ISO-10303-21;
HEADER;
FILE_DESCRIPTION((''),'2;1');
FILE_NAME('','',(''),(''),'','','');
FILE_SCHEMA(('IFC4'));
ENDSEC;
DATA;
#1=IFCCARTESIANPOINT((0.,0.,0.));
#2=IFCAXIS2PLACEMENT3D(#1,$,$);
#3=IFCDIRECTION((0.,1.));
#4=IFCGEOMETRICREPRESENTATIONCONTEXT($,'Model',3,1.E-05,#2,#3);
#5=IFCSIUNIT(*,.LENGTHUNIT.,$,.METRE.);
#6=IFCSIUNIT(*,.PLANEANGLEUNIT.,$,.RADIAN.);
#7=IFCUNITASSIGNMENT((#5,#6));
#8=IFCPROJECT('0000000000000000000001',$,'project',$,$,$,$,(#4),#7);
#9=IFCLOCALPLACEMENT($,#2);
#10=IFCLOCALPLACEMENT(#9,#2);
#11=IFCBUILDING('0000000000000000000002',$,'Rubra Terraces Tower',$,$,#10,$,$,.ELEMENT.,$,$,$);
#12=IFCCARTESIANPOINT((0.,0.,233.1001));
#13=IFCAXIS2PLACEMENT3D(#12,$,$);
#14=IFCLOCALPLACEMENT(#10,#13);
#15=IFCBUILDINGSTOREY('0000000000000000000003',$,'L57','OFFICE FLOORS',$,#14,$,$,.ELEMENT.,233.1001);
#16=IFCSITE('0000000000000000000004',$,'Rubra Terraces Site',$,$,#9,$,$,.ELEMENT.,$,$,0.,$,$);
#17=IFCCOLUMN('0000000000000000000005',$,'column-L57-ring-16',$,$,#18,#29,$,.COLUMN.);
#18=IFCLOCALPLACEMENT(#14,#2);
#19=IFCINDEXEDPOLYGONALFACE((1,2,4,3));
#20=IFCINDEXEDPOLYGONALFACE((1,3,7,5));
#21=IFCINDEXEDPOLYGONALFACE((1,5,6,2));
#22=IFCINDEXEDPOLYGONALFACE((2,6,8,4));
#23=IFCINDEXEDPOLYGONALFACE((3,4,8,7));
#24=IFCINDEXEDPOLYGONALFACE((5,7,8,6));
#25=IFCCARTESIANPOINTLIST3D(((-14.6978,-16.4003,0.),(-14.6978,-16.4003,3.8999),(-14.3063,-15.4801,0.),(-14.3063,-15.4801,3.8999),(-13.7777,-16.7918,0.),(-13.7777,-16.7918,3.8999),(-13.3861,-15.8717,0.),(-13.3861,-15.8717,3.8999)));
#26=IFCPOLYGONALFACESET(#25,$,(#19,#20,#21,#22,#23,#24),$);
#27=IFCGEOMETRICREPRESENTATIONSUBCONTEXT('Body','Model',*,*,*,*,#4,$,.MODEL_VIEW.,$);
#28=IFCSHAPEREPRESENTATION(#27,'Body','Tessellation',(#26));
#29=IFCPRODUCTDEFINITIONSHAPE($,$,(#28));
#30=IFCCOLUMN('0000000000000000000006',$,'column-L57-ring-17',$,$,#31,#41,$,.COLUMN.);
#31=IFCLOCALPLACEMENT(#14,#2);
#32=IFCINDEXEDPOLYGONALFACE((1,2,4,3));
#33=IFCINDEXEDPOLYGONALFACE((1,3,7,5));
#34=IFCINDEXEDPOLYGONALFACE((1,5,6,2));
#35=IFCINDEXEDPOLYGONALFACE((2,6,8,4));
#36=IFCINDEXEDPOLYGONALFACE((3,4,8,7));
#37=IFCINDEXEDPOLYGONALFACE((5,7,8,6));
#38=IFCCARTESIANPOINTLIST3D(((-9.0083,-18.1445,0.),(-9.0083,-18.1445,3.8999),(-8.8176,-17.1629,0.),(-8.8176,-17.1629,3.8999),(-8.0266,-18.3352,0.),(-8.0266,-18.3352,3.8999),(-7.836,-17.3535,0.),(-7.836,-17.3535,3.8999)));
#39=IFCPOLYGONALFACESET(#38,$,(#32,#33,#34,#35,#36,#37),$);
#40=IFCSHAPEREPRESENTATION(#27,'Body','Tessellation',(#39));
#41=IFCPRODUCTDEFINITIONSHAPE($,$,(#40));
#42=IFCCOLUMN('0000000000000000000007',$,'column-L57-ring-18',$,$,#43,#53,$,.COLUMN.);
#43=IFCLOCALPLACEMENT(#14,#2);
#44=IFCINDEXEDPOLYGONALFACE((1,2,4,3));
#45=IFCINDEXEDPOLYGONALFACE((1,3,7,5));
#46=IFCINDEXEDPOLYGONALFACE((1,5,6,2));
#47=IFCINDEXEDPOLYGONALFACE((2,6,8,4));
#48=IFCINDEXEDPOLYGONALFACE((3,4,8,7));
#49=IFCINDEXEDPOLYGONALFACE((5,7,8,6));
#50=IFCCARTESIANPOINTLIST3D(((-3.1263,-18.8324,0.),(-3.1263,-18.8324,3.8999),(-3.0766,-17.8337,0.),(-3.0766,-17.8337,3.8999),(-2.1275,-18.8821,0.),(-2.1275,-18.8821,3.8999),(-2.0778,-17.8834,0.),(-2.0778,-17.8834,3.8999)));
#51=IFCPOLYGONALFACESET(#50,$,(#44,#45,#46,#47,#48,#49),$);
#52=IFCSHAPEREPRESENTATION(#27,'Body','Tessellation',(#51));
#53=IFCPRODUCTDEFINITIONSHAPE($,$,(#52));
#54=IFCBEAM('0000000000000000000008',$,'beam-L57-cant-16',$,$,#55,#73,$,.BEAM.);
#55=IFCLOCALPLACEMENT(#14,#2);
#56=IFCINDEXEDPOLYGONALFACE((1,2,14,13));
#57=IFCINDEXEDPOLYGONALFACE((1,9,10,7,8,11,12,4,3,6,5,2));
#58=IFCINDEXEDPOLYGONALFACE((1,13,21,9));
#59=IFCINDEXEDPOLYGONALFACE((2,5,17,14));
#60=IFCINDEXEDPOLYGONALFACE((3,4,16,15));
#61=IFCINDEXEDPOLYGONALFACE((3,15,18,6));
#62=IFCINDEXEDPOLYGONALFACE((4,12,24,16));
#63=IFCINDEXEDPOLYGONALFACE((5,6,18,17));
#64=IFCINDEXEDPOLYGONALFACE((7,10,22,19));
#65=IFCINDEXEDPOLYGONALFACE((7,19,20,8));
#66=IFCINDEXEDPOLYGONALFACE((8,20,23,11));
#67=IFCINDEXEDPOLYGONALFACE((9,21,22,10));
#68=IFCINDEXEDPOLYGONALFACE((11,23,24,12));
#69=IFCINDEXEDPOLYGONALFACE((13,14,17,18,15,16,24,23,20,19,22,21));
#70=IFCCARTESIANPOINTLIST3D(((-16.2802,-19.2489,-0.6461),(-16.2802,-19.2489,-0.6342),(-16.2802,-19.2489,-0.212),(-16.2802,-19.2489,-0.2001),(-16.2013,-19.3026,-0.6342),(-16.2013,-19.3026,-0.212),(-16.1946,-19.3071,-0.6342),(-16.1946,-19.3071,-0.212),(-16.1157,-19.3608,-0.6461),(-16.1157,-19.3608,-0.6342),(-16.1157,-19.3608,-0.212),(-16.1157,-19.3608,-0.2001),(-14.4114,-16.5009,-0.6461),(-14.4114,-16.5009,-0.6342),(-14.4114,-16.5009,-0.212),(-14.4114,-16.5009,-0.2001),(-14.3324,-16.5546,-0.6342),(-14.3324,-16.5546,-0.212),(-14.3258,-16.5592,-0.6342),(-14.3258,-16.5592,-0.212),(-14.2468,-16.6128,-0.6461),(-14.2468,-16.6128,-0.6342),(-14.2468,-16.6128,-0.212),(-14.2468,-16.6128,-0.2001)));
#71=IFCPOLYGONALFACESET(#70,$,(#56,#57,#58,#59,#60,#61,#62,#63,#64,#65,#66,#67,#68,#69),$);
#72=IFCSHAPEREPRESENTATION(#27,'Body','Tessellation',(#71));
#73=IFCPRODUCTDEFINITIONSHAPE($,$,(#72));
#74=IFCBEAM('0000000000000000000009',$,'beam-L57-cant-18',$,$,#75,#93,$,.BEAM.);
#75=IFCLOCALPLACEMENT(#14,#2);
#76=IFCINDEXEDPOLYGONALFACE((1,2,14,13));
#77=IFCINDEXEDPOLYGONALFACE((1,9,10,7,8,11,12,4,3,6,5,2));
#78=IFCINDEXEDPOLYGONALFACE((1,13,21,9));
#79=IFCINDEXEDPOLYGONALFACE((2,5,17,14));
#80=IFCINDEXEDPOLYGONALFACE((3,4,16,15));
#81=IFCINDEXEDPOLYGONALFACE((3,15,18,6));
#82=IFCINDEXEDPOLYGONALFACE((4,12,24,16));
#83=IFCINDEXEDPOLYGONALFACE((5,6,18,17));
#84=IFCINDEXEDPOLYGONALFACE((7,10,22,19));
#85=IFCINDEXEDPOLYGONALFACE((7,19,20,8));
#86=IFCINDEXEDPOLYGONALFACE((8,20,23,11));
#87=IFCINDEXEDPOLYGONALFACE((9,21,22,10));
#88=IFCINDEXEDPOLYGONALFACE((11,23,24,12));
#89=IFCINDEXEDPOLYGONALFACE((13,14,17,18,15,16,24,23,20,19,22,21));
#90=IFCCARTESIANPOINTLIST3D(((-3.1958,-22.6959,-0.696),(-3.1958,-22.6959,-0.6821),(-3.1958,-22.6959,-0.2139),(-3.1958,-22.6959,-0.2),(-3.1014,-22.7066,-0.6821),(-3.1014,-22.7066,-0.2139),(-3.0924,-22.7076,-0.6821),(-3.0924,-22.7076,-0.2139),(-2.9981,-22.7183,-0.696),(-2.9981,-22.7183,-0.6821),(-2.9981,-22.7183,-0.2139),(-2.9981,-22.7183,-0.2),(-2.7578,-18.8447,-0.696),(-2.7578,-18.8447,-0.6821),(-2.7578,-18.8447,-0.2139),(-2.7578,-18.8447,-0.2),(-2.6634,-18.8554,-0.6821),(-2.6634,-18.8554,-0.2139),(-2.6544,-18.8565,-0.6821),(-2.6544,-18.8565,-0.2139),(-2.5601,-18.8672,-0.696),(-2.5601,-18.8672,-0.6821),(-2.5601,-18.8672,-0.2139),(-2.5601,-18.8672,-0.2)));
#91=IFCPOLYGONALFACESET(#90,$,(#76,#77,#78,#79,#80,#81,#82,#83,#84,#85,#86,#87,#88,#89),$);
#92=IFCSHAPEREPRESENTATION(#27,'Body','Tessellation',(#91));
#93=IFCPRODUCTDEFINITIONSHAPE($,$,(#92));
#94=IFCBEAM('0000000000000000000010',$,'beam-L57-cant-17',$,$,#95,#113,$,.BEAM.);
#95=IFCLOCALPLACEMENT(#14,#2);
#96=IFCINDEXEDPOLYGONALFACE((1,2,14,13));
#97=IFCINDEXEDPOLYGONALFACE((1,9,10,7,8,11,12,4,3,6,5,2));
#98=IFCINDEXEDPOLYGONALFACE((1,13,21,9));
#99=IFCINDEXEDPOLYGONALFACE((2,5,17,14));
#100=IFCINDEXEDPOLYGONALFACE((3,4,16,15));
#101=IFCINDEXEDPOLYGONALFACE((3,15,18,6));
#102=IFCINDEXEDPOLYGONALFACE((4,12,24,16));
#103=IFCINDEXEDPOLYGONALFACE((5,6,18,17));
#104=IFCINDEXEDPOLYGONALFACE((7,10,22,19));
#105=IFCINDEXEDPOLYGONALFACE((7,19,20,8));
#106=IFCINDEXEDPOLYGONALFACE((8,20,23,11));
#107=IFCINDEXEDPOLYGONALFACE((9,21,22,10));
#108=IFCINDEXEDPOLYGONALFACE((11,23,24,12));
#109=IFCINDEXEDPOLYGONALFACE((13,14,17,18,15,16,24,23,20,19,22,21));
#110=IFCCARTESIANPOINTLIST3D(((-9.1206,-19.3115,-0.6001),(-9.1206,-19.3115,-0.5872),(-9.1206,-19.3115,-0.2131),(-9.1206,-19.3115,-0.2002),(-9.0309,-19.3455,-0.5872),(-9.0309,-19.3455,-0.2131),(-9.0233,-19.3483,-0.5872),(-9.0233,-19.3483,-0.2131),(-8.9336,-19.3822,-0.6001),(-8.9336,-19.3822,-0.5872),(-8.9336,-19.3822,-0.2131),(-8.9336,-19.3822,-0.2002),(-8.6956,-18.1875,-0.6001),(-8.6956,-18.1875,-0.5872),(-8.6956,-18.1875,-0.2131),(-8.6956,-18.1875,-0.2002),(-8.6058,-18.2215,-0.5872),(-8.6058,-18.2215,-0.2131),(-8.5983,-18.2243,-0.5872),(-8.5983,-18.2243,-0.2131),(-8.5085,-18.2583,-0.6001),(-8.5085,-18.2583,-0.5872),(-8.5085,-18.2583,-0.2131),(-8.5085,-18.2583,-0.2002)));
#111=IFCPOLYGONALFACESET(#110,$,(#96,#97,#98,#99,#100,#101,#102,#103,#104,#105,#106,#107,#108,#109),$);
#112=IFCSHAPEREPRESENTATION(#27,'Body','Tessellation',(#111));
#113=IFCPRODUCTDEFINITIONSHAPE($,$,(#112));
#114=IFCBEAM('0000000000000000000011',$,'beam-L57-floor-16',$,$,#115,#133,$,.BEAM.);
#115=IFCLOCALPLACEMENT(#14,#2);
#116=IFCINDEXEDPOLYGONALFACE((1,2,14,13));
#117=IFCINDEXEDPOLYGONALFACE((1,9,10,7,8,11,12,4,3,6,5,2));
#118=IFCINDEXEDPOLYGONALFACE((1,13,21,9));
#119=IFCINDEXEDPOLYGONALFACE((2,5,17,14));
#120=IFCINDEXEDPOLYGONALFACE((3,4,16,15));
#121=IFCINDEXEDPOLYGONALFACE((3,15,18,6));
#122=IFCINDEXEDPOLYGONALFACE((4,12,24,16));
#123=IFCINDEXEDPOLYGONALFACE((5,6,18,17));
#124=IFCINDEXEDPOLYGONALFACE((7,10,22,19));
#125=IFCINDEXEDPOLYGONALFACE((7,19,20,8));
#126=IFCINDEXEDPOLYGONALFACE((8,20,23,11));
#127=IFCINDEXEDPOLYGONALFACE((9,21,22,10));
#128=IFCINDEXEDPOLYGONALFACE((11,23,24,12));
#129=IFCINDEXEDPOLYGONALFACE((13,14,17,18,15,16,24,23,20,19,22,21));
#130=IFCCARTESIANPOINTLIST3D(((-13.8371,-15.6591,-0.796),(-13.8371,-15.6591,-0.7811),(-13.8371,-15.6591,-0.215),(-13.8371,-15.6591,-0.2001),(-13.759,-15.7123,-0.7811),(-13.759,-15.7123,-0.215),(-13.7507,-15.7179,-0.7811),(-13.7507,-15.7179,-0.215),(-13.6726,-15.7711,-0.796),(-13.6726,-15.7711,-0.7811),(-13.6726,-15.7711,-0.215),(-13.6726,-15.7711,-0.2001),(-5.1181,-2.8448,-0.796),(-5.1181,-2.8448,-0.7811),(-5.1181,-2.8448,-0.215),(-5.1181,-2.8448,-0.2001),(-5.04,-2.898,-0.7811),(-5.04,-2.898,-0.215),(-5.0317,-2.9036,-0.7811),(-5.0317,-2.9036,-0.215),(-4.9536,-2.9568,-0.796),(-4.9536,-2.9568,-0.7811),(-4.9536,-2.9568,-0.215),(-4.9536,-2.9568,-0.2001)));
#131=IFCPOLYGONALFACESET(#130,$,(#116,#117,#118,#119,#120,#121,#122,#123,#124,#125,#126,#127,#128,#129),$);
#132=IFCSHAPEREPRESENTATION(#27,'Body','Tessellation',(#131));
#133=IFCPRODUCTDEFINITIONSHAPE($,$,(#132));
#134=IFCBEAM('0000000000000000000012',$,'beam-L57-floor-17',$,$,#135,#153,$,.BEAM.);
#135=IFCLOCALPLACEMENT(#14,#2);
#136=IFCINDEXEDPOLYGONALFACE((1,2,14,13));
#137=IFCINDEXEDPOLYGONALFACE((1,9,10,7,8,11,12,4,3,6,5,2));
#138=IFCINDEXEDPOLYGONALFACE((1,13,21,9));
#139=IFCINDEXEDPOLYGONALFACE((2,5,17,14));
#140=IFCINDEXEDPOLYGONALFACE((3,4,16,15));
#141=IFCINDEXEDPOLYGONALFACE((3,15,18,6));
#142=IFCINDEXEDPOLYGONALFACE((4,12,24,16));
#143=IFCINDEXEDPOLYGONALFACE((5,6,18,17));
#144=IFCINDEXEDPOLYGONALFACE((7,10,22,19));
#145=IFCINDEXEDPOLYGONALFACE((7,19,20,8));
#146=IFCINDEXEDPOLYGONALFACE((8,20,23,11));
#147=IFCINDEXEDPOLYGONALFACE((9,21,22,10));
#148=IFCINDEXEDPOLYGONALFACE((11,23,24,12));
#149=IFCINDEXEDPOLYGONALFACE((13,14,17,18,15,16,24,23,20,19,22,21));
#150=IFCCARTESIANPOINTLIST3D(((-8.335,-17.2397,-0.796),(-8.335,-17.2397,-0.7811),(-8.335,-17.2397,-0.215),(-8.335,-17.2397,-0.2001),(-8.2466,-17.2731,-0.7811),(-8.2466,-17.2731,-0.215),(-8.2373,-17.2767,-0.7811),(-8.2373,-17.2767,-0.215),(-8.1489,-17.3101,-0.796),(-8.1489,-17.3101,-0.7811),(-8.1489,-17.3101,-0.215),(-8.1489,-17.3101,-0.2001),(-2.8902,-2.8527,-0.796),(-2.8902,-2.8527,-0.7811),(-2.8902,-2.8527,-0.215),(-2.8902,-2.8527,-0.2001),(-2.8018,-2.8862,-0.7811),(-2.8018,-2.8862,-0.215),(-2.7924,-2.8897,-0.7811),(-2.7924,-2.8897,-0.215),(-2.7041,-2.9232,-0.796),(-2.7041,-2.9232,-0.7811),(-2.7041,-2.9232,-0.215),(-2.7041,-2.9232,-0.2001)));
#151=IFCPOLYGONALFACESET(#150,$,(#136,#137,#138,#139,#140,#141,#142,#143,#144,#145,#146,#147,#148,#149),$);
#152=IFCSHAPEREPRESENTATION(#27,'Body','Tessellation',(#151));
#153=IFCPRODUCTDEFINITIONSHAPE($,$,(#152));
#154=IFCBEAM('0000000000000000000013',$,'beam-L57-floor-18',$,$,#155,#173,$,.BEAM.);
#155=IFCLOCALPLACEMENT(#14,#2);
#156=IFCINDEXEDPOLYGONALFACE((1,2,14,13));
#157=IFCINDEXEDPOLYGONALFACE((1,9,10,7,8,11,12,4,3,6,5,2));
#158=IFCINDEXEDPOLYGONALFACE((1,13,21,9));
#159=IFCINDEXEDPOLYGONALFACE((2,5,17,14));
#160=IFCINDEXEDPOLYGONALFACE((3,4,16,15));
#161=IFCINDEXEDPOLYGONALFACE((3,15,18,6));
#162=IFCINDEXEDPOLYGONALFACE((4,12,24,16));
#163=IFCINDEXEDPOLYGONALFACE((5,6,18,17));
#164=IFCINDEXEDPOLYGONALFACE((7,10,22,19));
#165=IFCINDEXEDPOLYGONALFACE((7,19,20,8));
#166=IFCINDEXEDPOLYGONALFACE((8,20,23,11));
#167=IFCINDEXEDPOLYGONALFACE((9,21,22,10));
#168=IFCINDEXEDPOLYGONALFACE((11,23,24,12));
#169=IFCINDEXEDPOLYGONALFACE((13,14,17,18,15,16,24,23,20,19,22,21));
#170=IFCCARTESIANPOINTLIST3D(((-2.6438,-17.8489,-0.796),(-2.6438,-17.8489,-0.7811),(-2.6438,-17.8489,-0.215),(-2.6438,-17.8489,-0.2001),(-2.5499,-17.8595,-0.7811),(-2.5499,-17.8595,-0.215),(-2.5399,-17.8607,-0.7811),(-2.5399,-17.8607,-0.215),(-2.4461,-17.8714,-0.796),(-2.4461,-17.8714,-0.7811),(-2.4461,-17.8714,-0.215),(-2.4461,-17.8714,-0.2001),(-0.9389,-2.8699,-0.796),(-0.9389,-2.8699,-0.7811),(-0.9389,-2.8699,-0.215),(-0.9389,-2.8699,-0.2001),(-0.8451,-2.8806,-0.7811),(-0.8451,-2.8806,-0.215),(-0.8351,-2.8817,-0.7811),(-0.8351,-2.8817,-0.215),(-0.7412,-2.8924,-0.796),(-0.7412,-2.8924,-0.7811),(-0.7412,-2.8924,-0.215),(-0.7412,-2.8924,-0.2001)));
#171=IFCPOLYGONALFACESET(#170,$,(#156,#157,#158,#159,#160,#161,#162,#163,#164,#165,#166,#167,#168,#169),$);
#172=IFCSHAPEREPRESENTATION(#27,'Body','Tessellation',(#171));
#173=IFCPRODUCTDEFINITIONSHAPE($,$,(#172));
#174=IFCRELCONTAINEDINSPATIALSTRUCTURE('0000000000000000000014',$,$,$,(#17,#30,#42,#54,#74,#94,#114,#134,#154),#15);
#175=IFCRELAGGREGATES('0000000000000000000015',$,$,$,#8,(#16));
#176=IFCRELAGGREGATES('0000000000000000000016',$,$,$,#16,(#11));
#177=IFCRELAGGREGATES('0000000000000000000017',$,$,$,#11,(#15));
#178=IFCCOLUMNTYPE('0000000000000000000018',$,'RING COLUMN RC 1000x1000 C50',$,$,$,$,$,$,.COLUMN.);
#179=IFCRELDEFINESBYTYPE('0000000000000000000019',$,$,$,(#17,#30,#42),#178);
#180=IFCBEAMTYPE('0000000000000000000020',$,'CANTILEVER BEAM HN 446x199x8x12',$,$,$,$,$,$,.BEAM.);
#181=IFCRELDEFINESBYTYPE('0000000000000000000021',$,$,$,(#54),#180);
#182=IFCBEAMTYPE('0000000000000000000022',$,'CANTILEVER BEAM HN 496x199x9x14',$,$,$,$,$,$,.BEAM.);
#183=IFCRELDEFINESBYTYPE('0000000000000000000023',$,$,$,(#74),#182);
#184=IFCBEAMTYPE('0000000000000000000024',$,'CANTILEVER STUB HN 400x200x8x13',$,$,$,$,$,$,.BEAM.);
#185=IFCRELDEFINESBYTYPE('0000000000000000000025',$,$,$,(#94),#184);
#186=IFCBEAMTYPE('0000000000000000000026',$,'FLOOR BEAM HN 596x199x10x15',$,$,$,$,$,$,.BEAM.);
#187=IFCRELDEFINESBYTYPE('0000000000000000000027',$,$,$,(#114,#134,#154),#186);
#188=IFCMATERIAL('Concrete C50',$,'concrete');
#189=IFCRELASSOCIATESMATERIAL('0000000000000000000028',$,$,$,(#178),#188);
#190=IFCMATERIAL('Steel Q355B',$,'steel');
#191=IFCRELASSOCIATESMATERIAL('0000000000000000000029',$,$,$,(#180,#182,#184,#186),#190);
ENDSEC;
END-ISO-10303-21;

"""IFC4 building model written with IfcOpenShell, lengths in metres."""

from ifc_helpers import new_model, si_unit, direction, frame, origin, origin_2d, place, context, subcontext, project, spatial, rectangle, i_section, extrude, material, material_profile, profile_set, type_object, element, save


model = new_model("IFC4")

# Units and contexts
model_context = context("Model", 3, precision=1e-05, world=origin(), true_north=direction((0.0, 1.0)))
body_context = subcontext(model_context, "Body", "Model", "MODEL_VIEW")
ifc_project = project(units=[si_unit("LENGTHUNIT", "METRE"), si_unit("PLANEANGLEUNIT", "RADIAN")], contexts=[model_context])

# Site, building, storey
site_placement = place(None, origin())
site = spatial("IfcSite", under=ifc_project, at=site_placement, Name="Rubra Terraces Site", CompositionType="ELEMENT", RefElevation=0.0)
building_placement = place(site_placement, origin())
building = spatial("IfcBuilding", under=site, at=building_placement, Name="Rubra Terraces Tower", CompositionType="ELEMENT")
storey_placement = place(building_placement, frame((0.0, 0.0, 233.1001)))
storey = spatial("IfcBuildingStorey", under=building, at=storey_placement, Name="L57", Description="OFFICE FLOORS", CompositionType="ELEMENT", Elevation=233.1001)

# Columns
ifc_material_1 = material(Name="Concrete C50", Category="concrete")
ifc_material_profile_1 = material_profile(ifc_material_1, rectangle(XDim=1.0, YDim=1.0, at=origin_2d()), Name="RC 1000x1000")
ifc_profile_set_1 = profile_set([ifc_material_profile_1], Name="Concrete C50")
column_type = type_object("IfcColumnType", Name="RING COLUMN RC 1000x1000 C50", PredefinedType="COLUMN", material=ifc_profile_set_1)
for number, where, z_axis, x_axis, name in (
    (1, (-14.042, -16.136, 0.0), (0.0, 0.0, 1.0), (0.920168, -0.391524, 0.0), "column-L57-ring-16"),
    (2, (-8.4221, -17.749, 0.0), (0.0, 0.0, 1.0), (0.981655, -0.190668, 0.0), "column-L57-ring-17"),
    (3, (-2.6021, -18.3579, 0.0), (0.0, 0.0, 1.0), (0.998764, -0.049699, 0.0), "column-L57-ring-18"),
):
    element("IfcColumn", number, at=place(storey_placement, frame(where, z_axis=z_axis, x_axis=x_axis)), inside=storey, type_object=column_type, Name=name, PredefinedType="COLUMN", context=body_context, shape_type="SweptSolid", body=[
        extrude(rectangle(XDim=1.0, YDim=1.0, at=origin_2d()), origin(), (0.0, 0.0, 1.0), 3.8999),
    ])

# Beams
ifc_material_2 = material(Name="Steel Q355B", Category="steel")
ifc_material_profile_2 = material_profile(ifc_material_2, i_section(OverallWidth=0.199, OverallDepth=0.446, WebThickness=0.0081, FlangeThickness=0.012, at=origin_2d()), Name="HN 446x199x8x12")
ifc_profile_set_2 = profile_set([ifc_material_profile_2], Name="Steel Q355B")
beam_type_1 = type_object("IfcBeamType", Name="CANTILEVER BEAM HN 446x199x8x12", PredefinedType="BEAM", material=ifc_profile_set_2)
beam_1_placement = place(storey_placement, frame((-14.3291, -16.5569, -0.4231), z_axis=(-0.562356, -0.826895, 0.0), x_axis=(0.826895, -0.562356, 0.0)))
element("IfcBeam", 4, at=beam_1_placement, inside=storey, type_object=beam_type_1, Name="beam-L57-cant-16", PredefinedType="BEAM", context=body_context, shape_type="SweptSolid", body=[
    extrude(i_section(OverallWidth=0.199, OverallDepth=0.446, WebThickness=0.0081, FlangeThickness=0.012, at=origin_2d()), origin(), (0.0, 0.0, 1.0), 3.3232),
])
ifc_material_profile_3 = material_profile(ifc_material_2, i_section(OverallWidth=0.199, OverallDepth=0.4961, WebThickness=0.009, FlangeThickness=0.0139, at=origin_2d()), Name="HN 496x199x9x14")
ifc_profile_set_3 = profile_set([ifc_material_profile_3], Name="Steel Q355B")
beam_type_2 = type_object("IfcBeamType", Name="CANTILEVER BEAM HN 496x199x9x14", PredefinedType="BEAM", material=ifc_profile_set_3)
beam_2_placement = place(storey_placement, frame((-2.6589, -18.856, -0.448), z_axis=(-0.113003, -0.993595, 0.0), x_axis=(0.993595, -0.113003, 0.0)))
element("IfcBeam", 5, at=beam_2_placement, inside=storey, type_object=beam_type_2, Name="beam-L57-cant-18", PredefinedType="BEAM", context=body_context, shape_type="SweptSolid", body=[
    extrude(i_section(OverallWidth=0.199, OverallDepth=0.4961, WebThickness=0.009, FlangeThickness=0.0139, at=origin_2d()), origin(), (0.0, 0.0, 1.0), 3.876),
])
ifc_material_profile_4 = material_profile(ifc_material_2, i_section(OverallWidth=0.2, OverallDepth=0.3999, WebThickness=0.0081, FlangeThickness=0.0129, at=origin_2d()), Name="HN 400x200x8x13")
ifc_profile_set_4 = profile_set([ifc_material_profile_4], Name="Steel Q355B")
beam_type_3 = type_object("IfcBeamType", Name="CANTILEVER STUB HN 400x200x8x13", PredefinedType="BEAM", material=ifc_profile_set_4)
beam_3_placement = place(storey_placement, frame((-8.6021, -18.2229, -0.4001), z_axis=(-0.353705, -0.935357, 0.0), x_axis=(0.935357, -0.353705, 0.0)))
element("IfcBeam", 6, at=beam_3_placement, inside=storey, type_object=beam_type_3, Name="beam-L57-cant-17", PredefinedType="BEAM", context=body_context, shape_type="SweptSolid", body=[
    extrude(i_section(OverallWidth=0.2, OverallDepth=0.3999, WebThickness=0.0081, FlangeThickness=0.0129, at=origin_2d()), origin(), (0.0, 0.0, 1.0), 1.2017),
])
ifc_material_profile_5 = material_profile(ifc_material_2, i_section(OverallWidth=0.199, OverallDepth=0.5959, WebThickness=0.01, FlangeThickness=0.0149, at=origin_2d()), Name="HN 596x199x10x15")
ifc_profile_set_5 = profile_set([ifc_material_profile_5], Name="Steel Q355B")
beam_type_4 = type_object("IfcBeamType", Name="FLOOR BEAM HN 596x199x10x15", PredefinedType="BEAM", material=ifc_profile_set_5)
beam_4_placement = place(storey_placement, frame((-13.7549, -15.7151, -0.498), z_axis=(0.562545, 0.826767, 0.0), x_axis=(-0.826767, 0.562545, 0.0)))
element("IfcBeam", 7, at=beam_4_placement, inside=storey, type_object=beam_type_4, Name="beam-L57-floor-16", PredefinedType="BEAM", context=body_context, shape_type="SweptSolid", body=[
    extrude(i_section(OverallWidth=0.199, OverallDepth=0.5959, WebThickness=0.01, FlangeThickness=0.0149, at=origin_2d()), origin(), (0.0, 0.0, 1.0), 15.4993),
])
beam_5_placement = place(storey_placement, frame((-8.2419, -17.2749, -0.498), z_axis=(0.353955, 0.935262, 0.0), x_axis=(-0.935262, 0.353955, 0.0)))
element("IfcBeam", 8, at=beam_5_placement, inside=storey, type_object=beam_type_4, Name="beam-L57-floor-17", PredefinedType="BEAM", context=body_context, shape_type="SweptSolid", body=[
    extrude(i_section(OverallWidth=0.199, OverallDepth=0.5959, WebThickness=0.01, FlangeThickness=0.0149, at=origin_2d()), origin(), (0.0, 0.0, 1.0), 15.3828),
])
beam_6_placement = place(storey_placement, frame((-2.5449, -17.8601, -0.498), z_axis=(0.113085, 0.993585, 0.0), x_axis=(-0.993585, 0.113085, 0.0)))
element("IfcBeam", 9, at=beam_6_placement, inside=storey, type_object=beam_type_4, Name="beam-L57-floor-18", PredefinedType="BEAM", context=body_context, shape_type="SweptSolid", body=[
    extrude(i_section(OverallWidth=0.199, OverallDepth=0.5959, WebThickness=0.01, FlangeThickness=0.0149, at=origin_2d()), origin(), (0.0, 0.0, 1.0), 15.0757),
])

save(model, "model.ifc")
